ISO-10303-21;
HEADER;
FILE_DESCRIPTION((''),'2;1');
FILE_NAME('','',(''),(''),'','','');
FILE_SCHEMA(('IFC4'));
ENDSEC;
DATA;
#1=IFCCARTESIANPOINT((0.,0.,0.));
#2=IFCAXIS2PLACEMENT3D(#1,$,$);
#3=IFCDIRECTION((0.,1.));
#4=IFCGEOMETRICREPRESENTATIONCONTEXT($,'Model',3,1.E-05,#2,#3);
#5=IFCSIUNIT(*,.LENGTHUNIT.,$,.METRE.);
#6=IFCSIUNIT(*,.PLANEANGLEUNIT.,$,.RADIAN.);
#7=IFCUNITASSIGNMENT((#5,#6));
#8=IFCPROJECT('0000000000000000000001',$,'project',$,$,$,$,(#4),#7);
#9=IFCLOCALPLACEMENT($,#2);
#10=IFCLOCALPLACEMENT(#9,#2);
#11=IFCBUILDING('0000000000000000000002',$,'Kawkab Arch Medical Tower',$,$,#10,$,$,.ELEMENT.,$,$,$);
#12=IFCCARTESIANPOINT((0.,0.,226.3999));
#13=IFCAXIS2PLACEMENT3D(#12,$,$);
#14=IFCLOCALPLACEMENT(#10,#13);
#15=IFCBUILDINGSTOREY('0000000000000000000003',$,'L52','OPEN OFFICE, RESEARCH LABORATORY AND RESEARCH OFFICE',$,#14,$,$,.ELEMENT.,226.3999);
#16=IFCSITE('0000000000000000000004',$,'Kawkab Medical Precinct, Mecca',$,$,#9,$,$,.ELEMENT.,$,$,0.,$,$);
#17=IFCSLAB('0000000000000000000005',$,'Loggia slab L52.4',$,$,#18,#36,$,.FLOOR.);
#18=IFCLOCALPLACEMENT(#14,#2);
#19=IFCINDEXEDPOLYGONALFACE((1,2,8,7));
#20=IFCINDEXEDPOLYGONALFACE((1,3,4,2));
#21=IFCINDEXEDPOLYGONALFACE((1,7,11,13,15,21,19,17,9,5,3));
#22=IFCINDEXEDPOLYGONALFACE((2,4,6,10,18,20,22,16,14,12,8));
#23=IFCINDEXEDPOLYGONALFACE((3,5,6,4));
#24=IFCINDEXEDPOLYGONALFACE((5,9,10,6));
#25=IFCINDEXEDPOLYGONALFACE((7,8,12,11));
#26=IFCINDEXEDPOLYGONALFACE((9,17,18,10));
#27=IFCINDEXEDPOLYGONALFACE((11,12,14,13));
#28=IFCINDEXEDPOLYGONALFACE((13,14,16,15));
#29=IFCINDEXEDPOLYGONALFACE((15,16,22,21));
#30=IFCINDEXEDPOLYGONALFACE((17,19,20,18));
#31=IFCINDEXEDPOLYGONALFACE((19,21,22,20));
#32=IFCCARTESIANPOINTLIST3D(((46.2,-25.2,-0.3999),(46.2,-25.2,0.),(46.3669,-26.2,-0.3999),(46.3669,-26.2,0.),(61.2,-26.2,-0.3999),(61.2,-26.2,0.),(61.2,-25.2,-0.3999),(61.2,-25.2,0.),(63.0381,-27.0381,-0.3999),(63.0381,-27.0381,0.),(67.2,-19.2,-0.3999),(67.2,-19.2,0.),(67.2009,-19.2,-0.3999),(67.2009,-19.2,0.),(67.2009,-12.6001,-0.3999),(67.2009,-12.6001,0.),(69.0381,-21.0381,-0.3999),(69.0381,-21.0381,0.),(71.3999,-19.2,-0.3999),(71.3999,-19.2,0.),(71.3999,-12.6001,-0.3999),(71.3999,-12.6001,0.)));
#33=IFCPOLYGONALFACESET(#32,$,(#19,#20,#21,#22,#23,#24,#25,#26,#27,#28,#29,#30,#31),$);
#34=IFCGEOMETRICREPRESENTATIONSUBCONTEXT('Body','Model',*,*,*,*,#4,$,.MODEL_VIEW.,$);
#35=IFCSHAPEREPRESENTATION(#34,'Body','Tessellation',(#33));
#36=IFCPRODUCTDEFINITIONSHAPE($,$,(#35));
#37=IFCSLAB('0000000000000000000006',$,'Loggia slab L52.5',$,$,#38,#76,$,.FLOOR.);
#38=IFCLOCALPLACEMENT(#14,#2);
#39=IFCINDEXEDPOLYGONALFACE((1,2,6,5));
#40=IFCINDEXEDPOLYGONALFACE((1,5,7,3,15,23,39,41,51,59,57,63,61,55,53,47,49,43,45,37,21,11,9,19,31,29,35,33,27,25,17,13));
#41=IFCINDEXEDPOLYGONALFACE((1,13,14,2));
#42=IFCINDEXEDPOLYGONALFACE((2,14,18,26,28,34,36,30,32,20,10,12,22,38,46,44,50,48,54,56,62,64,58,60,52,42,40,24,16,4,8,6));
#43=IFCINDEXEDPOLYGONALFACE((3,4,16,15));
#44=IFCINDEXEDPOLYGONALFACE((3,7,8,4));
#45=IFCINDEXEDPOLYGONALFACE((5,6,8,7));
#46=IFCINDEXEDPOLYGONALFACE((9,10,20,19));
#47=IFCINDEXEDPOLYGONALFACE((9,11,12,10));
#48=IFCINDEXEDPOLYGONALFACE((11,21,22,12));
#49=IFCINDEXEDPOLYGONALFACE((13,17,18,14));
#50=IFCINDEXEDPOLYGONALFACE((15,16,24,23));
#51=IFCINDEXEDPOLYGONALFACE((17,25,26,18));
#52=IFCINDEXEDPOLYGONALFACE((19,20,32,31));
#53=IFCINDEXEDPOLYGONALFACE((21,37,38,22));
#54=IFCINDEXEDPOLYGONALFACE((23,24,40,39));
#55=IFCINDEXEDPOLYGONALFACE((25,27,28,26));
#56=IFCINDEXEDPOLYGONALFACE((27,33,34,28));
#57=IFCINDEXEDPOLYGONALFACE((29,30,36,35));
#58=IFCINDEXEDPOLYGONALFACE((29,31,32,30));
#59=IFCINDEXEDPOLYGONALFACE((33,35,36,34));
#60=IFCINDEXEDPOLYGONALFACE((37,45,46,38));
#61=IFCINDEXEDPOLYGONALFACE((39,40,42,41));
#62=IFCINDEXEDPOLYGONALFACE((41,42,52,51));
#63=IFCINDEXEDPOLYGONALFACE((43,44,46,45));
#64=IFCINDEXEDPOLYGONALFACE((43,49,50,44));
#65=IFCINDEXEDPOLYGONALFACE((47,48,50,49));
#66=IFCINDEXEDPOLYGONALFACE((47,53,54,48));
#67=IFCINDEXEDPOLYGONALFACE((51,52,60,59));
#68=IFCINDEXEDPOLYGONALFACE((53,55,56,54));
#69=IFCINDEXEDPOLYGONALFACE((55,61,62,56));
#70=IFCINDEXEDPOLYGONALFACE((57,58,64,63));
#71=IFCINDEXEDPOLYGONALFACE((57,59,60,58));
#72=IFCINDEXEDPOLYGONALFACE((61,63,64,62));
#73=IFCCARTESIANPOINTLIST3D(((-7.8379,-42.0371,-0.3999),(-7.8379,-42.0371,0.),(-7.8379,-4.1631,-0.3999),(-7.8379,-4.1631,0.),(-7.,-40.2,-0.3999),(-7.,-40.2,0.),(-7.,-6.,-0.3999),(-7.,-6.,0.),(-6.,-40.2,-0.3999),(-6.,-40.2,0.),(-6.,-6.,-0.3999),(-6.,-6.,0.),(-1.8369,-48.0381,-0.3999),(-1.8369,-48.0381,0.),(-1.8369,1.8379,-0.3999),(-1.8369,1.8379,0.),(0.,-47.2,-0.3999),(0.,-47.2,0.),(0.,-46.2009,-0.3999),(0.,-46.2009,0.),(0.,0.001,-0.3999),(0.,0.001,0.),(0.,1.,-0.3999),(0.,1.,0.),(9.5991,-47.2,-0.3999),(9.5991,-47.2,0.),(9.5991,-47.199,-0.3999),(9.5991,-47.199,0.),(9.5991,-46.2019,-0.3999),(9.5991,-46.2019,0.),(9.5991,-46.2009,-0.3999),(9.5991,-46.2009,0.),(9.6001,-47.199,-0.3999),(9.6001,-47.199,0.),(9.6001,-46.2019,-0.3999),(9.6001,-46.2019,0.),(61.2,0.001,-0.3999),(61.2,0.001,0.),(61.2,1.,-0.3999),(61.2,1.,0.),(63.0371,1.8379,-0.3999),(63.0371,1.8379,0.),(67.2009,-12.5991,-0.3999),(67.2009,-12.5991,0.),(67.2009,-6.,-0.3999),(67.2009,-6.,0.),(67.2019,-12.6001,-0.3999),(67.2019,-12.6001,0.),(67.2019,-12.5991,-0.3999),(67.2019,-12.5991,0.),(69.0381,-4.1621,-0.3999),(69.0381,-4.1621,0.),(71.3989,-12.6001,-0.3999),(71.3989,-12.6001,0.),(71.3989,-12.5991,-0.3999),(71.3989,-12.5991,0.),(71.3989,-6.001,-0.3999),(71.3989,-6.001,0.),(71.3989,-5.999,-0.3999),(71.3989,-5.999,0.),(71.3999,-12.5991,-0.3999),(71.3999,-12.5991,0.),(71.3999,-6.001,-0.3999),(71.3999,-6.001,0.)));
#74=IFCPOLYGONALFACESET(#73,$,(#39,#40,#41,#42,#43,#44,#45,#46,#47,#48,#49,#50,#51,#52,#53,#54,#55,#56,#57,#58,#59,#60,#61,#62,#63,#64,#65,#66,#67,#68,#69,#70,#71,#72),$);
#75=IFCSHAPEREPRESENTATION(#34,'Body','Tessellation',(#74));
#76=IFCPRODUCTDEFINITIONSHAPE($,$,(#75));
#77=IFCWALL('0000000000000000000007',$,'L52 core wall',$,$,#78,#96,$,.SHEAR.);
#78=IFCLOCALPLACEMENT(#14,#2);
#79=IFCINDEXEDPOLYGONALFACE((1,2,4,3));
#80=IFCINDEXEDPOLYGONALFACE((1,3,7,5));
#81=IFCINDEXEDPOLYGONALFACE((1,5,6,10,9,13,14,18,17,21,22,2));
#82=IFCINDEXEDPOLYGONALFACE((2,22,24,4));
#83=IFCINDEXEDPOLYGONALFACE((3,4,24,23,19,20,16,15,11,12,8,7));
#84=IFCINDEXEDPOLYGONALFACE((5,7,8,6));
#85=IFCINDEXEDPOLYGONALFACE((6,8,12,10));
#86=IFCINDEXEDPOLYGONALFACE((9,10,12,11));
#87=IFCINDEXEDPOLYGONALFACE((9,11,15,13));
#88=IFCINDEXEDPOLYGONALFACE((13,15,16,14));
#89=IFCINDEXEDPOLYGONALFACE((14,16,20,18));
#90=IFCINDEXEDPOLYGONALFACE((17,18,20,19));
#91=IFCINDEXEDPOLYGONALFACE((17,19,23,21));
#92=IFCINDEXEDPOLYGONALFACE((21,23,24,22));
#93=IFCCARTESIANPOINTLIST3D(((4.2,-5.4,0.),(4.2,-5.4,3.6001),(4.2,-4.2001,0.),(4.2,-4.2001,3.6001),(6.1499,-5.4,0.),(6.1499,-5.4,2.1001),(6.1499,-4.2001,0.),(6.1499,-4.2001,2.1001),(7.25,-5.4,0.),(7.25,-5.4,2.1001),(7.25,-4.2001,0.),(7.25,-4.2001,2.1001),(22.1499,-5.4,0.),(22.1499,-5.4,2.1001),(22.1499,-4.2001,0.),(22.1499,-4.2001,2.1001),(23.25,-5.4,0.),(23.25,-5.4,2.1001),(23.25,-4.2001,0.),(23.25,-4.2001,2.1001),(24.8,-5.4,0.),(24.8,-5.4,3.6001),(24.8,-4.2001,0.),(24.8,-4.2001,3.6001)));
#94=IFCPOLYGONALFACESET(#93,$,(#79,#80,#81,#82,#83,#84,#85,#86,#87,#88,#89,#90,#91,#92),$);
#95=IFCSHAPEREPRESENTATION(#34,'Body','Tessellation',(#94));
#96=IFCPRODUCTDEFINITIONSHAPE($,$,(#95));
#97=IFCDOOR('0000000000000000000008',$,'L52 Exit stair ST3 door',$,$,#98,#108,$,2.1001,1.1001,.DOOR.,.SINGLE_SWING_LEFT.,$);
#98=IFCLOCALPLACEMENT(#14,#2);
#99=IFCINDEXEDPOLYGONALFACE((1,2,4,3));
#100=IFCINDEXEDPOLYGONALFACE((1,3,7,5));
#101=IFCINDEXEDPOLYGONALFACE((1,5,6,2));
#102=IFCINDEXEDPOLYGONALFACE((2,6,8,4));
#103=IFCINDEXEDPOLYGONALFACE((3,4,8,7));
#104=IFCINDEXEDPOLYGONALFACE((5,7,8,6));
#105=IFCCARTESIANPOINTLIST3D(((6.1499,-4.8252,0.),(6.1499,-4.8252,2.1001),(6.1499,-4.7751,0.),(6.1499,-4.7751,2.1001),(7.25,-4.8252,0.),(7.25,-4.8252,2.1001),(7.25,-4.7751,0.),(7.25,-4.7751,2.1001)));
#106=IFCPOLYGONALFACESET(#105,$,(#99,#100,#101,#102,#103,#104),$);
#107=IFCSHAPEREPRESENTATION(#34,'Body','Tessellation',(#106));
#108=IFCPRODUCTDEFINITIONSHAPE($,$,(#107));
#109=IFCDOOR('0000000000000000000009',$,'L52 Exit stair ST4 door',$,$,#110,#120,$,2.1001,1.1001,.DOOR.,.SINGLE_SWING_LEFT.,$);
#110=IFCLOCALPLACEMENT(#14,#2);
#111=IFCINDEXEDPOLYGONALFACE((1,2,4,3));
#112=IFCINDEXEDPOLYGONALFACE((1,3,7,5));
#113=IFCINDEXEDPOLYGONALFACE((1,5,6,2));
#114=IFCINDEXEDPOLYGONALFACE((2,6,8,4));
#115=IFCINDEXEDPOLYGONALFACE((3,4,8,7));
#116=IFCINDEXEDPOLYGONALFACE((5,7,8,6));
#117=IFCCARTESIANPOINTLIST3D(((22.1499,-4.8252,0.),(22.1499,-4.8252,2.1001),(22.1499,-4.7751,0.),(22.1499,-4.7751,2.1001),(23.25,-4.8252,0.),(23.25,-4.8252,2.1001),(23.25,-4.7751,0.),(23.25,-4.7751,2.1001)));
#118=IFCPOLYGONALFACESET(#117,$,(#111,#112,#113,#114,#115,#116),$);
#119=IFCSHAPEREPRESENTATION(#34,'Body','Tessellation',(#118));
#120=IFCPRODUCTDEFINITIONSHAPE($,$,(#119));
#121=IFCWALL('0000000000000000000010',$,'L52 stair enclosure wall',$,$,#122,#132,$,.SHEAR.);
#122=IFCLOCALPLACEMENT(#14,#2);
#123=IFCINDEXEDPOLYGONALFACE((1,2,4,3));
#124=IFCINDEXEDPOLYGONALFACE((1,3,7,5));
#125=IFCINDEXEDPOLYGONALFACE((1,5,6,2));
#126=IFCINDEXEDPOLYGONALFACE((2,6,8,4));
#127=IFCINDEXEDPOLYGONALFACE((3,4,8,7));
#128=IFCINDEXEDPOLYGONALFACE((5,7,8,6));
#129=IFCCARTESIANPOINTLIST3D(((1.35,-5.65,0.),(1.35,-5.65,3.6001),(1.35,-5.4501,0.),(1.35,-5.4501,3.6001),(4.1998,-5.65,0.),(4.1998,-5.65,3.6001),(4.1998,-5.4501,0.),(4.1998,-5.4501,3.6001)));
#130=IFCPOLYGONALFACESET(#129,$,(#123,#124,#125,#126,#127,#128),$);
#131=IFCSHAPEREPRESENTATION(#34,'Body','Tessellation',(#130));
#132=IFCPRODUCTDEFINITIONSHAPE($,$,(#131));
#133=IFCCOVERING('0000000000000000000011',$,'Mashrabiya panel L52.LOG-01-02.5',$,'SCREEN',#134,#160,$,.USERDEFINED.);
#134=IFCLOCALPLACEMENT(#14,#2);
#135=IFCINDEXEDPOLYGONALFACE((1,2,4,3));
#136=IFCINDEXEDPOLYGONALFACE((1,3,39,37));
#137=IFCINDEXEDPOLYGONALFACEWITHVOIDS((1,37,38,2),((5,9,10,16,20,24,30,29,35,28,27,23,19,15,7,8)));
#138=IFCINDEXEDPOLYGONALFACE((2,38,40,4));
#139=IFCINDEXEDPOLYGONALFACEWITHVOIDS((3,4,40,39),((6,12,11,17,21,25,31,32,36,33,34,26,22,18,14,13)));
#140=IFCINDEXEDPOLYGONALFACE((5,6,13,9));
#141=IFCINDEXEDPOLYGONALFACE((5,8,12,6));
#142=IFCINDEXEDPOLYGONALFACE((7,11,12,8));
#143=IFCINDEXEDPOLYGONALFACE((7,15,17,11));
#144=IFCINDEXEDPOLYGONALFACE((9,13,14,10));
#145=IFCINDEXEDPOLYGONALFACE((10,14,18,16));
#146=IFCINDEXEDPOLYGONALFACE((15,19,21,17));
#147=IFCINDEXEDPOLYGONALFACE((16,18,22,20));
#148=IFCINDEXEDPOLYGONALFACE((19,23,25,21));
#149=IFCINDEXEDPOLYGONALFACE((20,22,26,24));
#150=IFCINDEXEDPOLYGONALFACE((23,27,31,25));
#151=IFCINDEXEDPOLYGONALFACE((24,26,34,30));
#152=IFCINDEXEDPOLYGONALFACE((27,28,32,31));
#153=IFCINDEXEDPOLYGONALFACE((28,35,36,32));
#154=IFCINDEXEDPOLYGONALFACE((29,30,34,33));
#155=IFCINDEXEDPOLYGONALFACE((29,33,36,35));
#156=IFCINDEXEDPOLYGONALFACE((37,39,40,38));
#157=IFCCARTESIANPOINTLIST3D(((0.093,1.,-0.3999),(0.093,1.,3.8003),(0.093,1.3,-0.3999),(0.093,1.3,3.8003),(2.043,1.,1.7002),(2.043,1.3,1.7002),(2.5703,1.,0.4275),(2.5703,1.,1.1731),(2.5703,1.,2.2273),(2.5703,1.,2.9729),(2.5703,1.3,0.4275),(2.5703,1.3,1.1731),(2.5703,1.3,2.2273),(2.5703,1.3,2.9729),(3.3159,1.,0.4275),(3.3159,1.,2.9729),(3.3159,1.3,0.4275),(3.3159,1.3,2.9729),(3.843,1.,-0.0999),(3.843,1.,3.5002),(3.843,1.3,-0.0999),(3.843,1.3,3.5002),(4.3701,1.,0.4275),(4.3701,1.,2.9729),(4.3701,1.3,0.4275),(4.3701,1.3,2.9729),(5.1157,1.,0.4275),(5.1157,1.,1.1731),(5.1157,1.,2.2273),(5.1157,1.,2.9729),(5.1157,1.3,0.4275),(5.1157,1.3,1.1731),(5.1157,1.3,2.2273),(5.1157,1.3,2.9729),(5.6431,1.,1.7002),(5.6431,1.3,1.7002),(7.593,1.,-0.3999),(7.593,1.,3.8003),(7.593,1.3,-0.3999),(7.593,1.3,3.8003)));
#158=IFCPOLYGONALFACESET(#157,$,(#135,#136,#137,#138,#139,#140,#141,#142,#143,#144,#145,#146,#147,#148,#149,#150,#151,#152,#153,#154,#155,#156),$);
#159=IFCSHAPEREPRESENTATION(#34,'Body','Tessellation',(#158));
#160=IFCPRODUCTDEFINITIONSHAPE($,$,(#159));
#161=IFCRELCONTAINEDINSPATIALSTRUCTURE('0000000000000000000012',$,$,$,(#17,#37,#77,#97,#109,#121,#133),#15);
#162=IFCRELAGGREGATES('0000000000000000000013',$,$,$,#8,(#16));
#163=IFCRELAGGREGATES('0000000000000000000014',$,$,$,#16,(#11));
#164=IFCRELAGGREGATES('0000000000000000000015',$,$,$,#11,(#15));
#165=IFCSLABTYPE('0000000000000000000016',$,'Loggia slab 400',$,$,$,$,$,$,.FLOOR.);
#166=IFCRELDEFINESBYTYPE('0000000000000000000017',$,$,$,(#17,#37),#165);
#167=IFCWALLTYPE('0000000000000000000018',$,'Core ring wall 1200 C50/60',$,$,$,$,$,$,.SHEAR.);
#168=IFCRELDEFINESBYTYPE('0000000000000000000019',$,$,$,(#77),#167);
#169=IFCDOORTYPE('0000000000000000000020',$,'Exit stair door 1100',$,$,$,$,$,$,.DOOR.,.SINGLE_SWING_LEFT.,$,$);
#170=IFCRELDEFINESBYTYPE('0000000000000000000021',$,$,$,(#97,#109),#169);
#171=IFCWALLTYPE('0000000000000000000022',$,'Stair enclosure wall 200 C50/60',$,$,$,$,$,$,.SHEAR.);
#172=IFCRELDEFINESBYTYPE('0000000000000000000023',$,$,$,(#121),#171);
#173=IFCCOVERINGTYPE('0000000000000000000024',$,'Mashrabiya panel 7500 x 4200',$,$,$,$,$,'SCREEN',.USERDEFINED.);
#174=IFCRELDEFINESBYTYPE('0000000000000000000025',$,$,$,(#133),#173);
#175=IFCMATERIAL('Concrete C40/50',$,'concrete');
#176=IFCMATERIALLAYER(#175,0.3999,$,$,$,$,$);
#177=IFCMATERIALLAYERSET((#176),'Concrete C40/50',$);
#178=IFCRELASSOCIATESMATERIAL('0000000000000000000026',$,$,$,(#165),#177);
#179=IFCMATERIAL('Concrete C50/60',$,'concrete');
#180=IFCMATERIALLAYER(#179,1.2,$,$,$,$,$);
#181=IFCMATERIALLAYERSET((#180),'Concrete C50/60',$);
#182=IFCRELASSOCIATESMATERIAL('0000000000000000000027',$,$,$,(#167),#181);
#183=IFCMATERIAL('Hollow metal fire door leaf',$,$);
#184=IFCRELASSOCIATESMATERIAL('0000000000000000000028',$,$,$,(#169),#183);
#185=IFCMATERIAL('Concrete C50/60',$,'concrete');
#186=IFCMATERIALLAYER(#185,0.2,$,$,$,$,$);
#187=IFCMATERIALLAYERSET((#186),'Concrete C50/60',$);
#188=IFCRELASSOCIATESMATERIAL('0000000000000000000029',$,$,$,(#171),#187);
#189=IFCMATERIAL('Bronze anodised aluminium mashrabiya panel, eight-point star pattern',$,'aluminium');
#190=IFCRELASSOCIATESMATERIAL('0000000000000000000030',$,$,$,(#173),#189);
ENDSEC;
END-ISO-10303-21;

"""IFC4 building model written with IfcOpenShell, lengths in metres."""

from ifc_helpers import new_model, si_unit, direction, frame, frame_2d, origin, place, context, subcontext, project, spatial, polyline, rectangle, outline, extrude, material, layer, layer_set, material_profile, profile_set, type_object, element, fill, save


model = new_model("IFC4")

# Units and contexts
model_context = context("Model", 3, precision=1e-05, world=origin(), true_north=direction((0.0, 1.0)))
body_context = subcontext(model_context, "Body", "Model", "MODEL_VIEW")
ifc_project = project(units=[si_unit("LENGTHUNIT", "METRE"), si_unit("PLANEANGLEUNIT", "RADIAN")], contexts=[model_context])

# Site, building, storey
site_placement = place(None, origin())
site = spatial("IfcSite", under=ifc_project, at=site_placement, Name="Kawkab Medical Precinct, Mecca", CompositionType="ELEMENT", RefElevation=0.0)
building_placement = place(site_placement, origin())
building = spatial("IfcBuilding", under=site, at=building_placement, Name="Kawkab Arch Medical Tower", CompositionType="ELEMENT")
storey_placement = place(building_placement, frame((0.0, 0.0, 226.3999)))
storey = spatial("IfcBuildingStorey", under=building, at=storey_placement, Name="L52", Description="OPEN OFFICE, RESEARCH LABORATORY AND RESEARCH OFFICE", CompositionType="ELEMENT", Elevation=226.3999)

# Slabs
ifc_material_1 = material(Name="Concrete C40/50", Category="concrete")
ifc_layer_1 = layer(ifc_material_1, 0.3999)
ifc_layer_set_1 = layer_set([ifc_layer_1], Name="Concrete C40/50")
slab_type_1 = type_object("IfcSlabType", Name="Loggia slab 400", PredefinedType="FLOOR", material=ifc_layer_set_1)
placement_1 = place(storey_placement, frame((0.0, 0.0, -0.3999)))
element("IfcSlab", 1, at=placement_1, inside=storey, type_object=slab_type_1, Name="Loggia slab L52.4", PredefinedType="FLOOR", context=body_context, shape_type="SweptSolid", body=[
    extrude(outline(polyline([(69.0381, -21.0381), (63.0381, -27.0381), (61.2, -26.2), (46.3669, -26.2), (46.2, -25.2), (61.2, -25.2), (67.2, -19.2), (67.2009, -19.2), (67.2009, -12.6001), (71.3999, -12.6001), (71.3999, -19.2), (69.0381, -21.0381)])), origin(), (0.0, 0.0, 1.0), 0.3999),
])
element("IfcSlab", 2, at=placement_1, inside=storey, type_object=slab_type_1, Name="Loggia slab L52.5", PredefinedType="FLOOR", context=body_context, shape_type="SweptSolid", body=[
    extrude(outline(polyline([(-7.8379, -42.0371), (-7.0, -40.2), (-7.0, -6.0), (-7.8379, -4.1631), (-1.8369, 1.8379), (0.0, 1.0), (61.2, 1.0), (63.0371, 1.8379), (69.0381, -4.1621), (71.3989, -5.999), (71.3989, -6.001), (71.3999, -6.001), (71.3999, -12.5991), (71.3989, -12.5991), (71.3989, -12.6001), (67.2019, -12.6001), (67.2019, -12.5991), (67.2009, -12.5991), (67.2009, -6.0), (61.2, 0.001), (0.0, 0.001), (-6.0, -6.0), (-6.0, -40.2), (0.0, -46.2009), (9.5991, -46.2009), (9.5991, -46.2019), (9.6001, -46.2019), (9.6001, -47.199), (9.5991, -47.199), (9.5991, -47.2), (0.0, -47.2), (-1.8369, -48.0381), (-7.8379, -42.0371)])), origin(), (0.0, 0.0, 1.0), 0.3999),
])

# Wall, openings, doors
ifc_material_2 = material(Name="Concrete C50/60", Category="concrete")
ifc_layer_2 = layer(ifc_material_2, 1.2)
ifc_layer_set_2 = layer_set([ifc_layer_2], Name="Concrete C50/60")
wall_type_1 = type_object("IfcWallType", Name="Core ring wall 1200 C50/60", PredefinedType="SHEAR", material=ifc_layer_set_2)
wall_1_placement = place(storey_placement, frame((4.2, -4.8, 0.0), z_axis=(0.0, 0.0, 1.0), x_axis=(1.0, 0.0, 0.0)))
wall_1 = element("IfcWall", 3, at=wall_1_placement, inside=storey, type_object=wall_type_1, Name="L52 core wall", PredefinedType="SHEAR", context=body_context, shape_type="SweptSolid", body=[
    extrude(rectangle(XDim=20.6001, YDim=1.2, at=frame_2d((10.3, 0.0))), origin(), (0.0, 0.0, 1.0), 3.6001),
])
opening_1_placement = place(wall_1_placement, frame((1.95, 0.0, 0.0)))
opening_1 = element("IfcOpeningElement", 4, at=opening_1_placement, cuts=wall_1, PredefinedType="OPENING", context=body_context, shape_type="SweptSolid", body=[
    extrude(rectangle(XDim=1.1001, YDim=2.1001, at=frame_2d((0.55, 1.05))), frame((0.0, 0.6099, 0.0), z_axis=(0.0, -1.0, 0.0), x_axis=(1.0, 0.0, 0.0)), (0.0, 0.0, 1.0), 1.22),
])
opening_2_placement = place(wall_1_placement, frame((17.95, 0.0, 0.0)))
opening_2 = element("IfcOpeningElement", 5, at=opening_2_placement, cuts=wall_1, PredefinedType="OPENING", context=body_context, shape_type="SweptSolid", body=[
    extrude(rectangle(XDim=1.1001, YDim=2.1001, at=frame_2d((0.55, 1.05))), frame((0.0, 0.6099, 0.0), z_axis=(0.0, -1.0, 0.0), x_axis=(1.0, 0.0, 0.0)), (0.0, 0.0, 1.0), 1.22),
])
ifc_material_3 = material(Name="Hollow metal fire door leaf")
door_type = type_object("IfcDoorType", Name="Exit stair door 1100", OperationType="SINGLE_SWING_LEFT", PredefinedType="DOOR", material=ifc_material_3)
door_1_placement = place(opening_1_placement, origin())
door_1 = element("IfcDoor", 6, at=door_1_placement, inside=storey, type_object=door_type, Name="L52 Exit stair ST3 door", OperationType="SINGLE_SWING_LEFT", OverallHeight=2.1001, OverallWidth=1.1001, PredefinedType="DOOR", context=body_context, shape_type="SweptSolid", body=[
    extrude(rectangle(XDim=1.1001, YDim=2.1001, at=frame_2d((0.55, 1.05))), frame((0.0, 0.0249, 0.0), z_axis=(0.0, -1.0, 0.0), x_axis=(1.0, 0.0, 0.0)), (0.0, 0.0, 1.0), 0.05),
])
fill(opening_1, door_1)
door_2_placement = place(opening_2_placement, origin())
door_2 = element("IfcDoor", 7, at=door_2_placement, inside=storey, type_object=door_type, Name="L52 Exit stair ST4 door", OperationType="SINGLE_SWING_LEFT", OverallHeight=2.1001, OverallWidth=1.1001, PredefinedType="DOOR", context=body_context, shape_type="SweptSolid", body=[
    extrude(rectangle(XDim=1.1001, YDim=2.1001, at=frame_2d((0.55, 1.05))), frame((0.0, 0.0249, 0.0), z_axis=(0.0, -1.0, 0.0), x_axis=(1.0, 0.0, 0.0)), (0.0, 0.0, 1.0), 0.05),
])
fill(opening_2, door_2)

# Wall
ifc_material_4 = material(Name="Concrete C50/60", Category="concrete")
ifc_layer_3 = layer(ifc_material_4, 0.2)
ifc_layer_set_3 = layer_set([ifc_layer_3], Name="Concrete C50/60")
wall_type_2 = type_object("IfcWallType", Name="Stair enclosure wall 200 C50/60", PredefinedType="SHEAR", material=ifc_layer_set_3)
wall_2_placement = place(storey_placement, frame((1.3501, -5.55, 0.0), z_axis=(0.0, 0.0, 1.0), x_axis=(1.0, 0.0, 0.0)))
element("IfcWall", 8, at=wall_2_placement, inside=storey, type_object=wall_type_2, Name="L52 stair enclosure wall", PredefinedType="SHEAR", context=body_context, shape_type="SweptSolid", body=[
    extrude(rectangle(XDim=2.8499, YDim=0.2, at=frame_2d((1.4248, 0.0))), origin(), (0.0, 0.0, 1.0), 3.6001),
])

# Covering
ifc_material_5 = material(Name="Bronze anodised aluminium mashrabiya panel, eight-point star pattern", Category="aluminium")
ifc_material_profile_1 = material_profile(ifc_material_5, outline(polyline([(-3.75, -2.1001), (3.75, -2.1001), (3.75, 2.1001), (-3.75, 2.1001), (-3.75, -2.1001)]), holes=[polyline([(1.8, 0.0), (1.2727, 0.5271), (1.2727, 1.2727), (0.5271, 1.2727), (0.0, 1.8), (-0.5271, 1.2727), (-1.2727, 1.2727), (-1.2727, 0.5271), (-1.8, 0.0), (-1.2727, -0.5271), (-1.2727, -1.2727), (-0.5271, -1.2727), (0.0, -1.8), (0.5271, -1.2727), (1.2727, -1.2727), (1.2727, -0.5271), (1.8, 0.0)])]), Name="Mashrabiya panel 7500x4200")
ifc_profile_set_1 = profile_set([ifc_material_profile_1], Name="Bronze anodised aluminium mashrabiya panel, eight-point star pattern")
covering_type_1 = type_object("IfcCoveringType", Name="Mashrabiya panel 7500 x 4200", ElementType="SCREEN", PredefinedType="USERDEFINED", material=ifc_profile_set_1)
covering_1_placement = place(storey_placement, frame((3.843, 1.0, 1.7002), z_axis=(0.0, 1.0, 0.0), x_axis=(-1.0, 0.0, 0.0)))
element("IfcCovering", 9, at=covering_1_placement, inside=storey, type_object=covering_type_1, Name="Mashrabiya panel L52.LOG-01-02.5", ObjectType="SCREEN", PredefinedType="USERDEFINED", context=body_context, shape_type="SweptSolid", body=[
    extrude(outline(polyline([(-3.75, -2.1001), (3.75, -2.1001), (3.75, 2.1001), (-3.75, 2.1001), (-3.75, -2.1001)]), holes=[polyline([(1.8, 0.0), (1.2727, 0.5271), (1.2727, 1.2727), (0.5271, 1.2727), (0.0, 1.8), (-0.5271, 1.2727), (-1.2727, 1.2727), (-1.2727, 0.5271), (-1.8, 0.0), (-1.2727, -0.5271), (-1.2727, -1.2727), (-0.5271, -1.2727), (0.0, -1.8), (0.5271, -1.2727), (1.2727, -1.2727), (1.2727, -0.5271), (1.8, 0.0)])]), origin(), (0.0, 0.0, 1.0), 0.3),
])

save(model, "model.ifc")
